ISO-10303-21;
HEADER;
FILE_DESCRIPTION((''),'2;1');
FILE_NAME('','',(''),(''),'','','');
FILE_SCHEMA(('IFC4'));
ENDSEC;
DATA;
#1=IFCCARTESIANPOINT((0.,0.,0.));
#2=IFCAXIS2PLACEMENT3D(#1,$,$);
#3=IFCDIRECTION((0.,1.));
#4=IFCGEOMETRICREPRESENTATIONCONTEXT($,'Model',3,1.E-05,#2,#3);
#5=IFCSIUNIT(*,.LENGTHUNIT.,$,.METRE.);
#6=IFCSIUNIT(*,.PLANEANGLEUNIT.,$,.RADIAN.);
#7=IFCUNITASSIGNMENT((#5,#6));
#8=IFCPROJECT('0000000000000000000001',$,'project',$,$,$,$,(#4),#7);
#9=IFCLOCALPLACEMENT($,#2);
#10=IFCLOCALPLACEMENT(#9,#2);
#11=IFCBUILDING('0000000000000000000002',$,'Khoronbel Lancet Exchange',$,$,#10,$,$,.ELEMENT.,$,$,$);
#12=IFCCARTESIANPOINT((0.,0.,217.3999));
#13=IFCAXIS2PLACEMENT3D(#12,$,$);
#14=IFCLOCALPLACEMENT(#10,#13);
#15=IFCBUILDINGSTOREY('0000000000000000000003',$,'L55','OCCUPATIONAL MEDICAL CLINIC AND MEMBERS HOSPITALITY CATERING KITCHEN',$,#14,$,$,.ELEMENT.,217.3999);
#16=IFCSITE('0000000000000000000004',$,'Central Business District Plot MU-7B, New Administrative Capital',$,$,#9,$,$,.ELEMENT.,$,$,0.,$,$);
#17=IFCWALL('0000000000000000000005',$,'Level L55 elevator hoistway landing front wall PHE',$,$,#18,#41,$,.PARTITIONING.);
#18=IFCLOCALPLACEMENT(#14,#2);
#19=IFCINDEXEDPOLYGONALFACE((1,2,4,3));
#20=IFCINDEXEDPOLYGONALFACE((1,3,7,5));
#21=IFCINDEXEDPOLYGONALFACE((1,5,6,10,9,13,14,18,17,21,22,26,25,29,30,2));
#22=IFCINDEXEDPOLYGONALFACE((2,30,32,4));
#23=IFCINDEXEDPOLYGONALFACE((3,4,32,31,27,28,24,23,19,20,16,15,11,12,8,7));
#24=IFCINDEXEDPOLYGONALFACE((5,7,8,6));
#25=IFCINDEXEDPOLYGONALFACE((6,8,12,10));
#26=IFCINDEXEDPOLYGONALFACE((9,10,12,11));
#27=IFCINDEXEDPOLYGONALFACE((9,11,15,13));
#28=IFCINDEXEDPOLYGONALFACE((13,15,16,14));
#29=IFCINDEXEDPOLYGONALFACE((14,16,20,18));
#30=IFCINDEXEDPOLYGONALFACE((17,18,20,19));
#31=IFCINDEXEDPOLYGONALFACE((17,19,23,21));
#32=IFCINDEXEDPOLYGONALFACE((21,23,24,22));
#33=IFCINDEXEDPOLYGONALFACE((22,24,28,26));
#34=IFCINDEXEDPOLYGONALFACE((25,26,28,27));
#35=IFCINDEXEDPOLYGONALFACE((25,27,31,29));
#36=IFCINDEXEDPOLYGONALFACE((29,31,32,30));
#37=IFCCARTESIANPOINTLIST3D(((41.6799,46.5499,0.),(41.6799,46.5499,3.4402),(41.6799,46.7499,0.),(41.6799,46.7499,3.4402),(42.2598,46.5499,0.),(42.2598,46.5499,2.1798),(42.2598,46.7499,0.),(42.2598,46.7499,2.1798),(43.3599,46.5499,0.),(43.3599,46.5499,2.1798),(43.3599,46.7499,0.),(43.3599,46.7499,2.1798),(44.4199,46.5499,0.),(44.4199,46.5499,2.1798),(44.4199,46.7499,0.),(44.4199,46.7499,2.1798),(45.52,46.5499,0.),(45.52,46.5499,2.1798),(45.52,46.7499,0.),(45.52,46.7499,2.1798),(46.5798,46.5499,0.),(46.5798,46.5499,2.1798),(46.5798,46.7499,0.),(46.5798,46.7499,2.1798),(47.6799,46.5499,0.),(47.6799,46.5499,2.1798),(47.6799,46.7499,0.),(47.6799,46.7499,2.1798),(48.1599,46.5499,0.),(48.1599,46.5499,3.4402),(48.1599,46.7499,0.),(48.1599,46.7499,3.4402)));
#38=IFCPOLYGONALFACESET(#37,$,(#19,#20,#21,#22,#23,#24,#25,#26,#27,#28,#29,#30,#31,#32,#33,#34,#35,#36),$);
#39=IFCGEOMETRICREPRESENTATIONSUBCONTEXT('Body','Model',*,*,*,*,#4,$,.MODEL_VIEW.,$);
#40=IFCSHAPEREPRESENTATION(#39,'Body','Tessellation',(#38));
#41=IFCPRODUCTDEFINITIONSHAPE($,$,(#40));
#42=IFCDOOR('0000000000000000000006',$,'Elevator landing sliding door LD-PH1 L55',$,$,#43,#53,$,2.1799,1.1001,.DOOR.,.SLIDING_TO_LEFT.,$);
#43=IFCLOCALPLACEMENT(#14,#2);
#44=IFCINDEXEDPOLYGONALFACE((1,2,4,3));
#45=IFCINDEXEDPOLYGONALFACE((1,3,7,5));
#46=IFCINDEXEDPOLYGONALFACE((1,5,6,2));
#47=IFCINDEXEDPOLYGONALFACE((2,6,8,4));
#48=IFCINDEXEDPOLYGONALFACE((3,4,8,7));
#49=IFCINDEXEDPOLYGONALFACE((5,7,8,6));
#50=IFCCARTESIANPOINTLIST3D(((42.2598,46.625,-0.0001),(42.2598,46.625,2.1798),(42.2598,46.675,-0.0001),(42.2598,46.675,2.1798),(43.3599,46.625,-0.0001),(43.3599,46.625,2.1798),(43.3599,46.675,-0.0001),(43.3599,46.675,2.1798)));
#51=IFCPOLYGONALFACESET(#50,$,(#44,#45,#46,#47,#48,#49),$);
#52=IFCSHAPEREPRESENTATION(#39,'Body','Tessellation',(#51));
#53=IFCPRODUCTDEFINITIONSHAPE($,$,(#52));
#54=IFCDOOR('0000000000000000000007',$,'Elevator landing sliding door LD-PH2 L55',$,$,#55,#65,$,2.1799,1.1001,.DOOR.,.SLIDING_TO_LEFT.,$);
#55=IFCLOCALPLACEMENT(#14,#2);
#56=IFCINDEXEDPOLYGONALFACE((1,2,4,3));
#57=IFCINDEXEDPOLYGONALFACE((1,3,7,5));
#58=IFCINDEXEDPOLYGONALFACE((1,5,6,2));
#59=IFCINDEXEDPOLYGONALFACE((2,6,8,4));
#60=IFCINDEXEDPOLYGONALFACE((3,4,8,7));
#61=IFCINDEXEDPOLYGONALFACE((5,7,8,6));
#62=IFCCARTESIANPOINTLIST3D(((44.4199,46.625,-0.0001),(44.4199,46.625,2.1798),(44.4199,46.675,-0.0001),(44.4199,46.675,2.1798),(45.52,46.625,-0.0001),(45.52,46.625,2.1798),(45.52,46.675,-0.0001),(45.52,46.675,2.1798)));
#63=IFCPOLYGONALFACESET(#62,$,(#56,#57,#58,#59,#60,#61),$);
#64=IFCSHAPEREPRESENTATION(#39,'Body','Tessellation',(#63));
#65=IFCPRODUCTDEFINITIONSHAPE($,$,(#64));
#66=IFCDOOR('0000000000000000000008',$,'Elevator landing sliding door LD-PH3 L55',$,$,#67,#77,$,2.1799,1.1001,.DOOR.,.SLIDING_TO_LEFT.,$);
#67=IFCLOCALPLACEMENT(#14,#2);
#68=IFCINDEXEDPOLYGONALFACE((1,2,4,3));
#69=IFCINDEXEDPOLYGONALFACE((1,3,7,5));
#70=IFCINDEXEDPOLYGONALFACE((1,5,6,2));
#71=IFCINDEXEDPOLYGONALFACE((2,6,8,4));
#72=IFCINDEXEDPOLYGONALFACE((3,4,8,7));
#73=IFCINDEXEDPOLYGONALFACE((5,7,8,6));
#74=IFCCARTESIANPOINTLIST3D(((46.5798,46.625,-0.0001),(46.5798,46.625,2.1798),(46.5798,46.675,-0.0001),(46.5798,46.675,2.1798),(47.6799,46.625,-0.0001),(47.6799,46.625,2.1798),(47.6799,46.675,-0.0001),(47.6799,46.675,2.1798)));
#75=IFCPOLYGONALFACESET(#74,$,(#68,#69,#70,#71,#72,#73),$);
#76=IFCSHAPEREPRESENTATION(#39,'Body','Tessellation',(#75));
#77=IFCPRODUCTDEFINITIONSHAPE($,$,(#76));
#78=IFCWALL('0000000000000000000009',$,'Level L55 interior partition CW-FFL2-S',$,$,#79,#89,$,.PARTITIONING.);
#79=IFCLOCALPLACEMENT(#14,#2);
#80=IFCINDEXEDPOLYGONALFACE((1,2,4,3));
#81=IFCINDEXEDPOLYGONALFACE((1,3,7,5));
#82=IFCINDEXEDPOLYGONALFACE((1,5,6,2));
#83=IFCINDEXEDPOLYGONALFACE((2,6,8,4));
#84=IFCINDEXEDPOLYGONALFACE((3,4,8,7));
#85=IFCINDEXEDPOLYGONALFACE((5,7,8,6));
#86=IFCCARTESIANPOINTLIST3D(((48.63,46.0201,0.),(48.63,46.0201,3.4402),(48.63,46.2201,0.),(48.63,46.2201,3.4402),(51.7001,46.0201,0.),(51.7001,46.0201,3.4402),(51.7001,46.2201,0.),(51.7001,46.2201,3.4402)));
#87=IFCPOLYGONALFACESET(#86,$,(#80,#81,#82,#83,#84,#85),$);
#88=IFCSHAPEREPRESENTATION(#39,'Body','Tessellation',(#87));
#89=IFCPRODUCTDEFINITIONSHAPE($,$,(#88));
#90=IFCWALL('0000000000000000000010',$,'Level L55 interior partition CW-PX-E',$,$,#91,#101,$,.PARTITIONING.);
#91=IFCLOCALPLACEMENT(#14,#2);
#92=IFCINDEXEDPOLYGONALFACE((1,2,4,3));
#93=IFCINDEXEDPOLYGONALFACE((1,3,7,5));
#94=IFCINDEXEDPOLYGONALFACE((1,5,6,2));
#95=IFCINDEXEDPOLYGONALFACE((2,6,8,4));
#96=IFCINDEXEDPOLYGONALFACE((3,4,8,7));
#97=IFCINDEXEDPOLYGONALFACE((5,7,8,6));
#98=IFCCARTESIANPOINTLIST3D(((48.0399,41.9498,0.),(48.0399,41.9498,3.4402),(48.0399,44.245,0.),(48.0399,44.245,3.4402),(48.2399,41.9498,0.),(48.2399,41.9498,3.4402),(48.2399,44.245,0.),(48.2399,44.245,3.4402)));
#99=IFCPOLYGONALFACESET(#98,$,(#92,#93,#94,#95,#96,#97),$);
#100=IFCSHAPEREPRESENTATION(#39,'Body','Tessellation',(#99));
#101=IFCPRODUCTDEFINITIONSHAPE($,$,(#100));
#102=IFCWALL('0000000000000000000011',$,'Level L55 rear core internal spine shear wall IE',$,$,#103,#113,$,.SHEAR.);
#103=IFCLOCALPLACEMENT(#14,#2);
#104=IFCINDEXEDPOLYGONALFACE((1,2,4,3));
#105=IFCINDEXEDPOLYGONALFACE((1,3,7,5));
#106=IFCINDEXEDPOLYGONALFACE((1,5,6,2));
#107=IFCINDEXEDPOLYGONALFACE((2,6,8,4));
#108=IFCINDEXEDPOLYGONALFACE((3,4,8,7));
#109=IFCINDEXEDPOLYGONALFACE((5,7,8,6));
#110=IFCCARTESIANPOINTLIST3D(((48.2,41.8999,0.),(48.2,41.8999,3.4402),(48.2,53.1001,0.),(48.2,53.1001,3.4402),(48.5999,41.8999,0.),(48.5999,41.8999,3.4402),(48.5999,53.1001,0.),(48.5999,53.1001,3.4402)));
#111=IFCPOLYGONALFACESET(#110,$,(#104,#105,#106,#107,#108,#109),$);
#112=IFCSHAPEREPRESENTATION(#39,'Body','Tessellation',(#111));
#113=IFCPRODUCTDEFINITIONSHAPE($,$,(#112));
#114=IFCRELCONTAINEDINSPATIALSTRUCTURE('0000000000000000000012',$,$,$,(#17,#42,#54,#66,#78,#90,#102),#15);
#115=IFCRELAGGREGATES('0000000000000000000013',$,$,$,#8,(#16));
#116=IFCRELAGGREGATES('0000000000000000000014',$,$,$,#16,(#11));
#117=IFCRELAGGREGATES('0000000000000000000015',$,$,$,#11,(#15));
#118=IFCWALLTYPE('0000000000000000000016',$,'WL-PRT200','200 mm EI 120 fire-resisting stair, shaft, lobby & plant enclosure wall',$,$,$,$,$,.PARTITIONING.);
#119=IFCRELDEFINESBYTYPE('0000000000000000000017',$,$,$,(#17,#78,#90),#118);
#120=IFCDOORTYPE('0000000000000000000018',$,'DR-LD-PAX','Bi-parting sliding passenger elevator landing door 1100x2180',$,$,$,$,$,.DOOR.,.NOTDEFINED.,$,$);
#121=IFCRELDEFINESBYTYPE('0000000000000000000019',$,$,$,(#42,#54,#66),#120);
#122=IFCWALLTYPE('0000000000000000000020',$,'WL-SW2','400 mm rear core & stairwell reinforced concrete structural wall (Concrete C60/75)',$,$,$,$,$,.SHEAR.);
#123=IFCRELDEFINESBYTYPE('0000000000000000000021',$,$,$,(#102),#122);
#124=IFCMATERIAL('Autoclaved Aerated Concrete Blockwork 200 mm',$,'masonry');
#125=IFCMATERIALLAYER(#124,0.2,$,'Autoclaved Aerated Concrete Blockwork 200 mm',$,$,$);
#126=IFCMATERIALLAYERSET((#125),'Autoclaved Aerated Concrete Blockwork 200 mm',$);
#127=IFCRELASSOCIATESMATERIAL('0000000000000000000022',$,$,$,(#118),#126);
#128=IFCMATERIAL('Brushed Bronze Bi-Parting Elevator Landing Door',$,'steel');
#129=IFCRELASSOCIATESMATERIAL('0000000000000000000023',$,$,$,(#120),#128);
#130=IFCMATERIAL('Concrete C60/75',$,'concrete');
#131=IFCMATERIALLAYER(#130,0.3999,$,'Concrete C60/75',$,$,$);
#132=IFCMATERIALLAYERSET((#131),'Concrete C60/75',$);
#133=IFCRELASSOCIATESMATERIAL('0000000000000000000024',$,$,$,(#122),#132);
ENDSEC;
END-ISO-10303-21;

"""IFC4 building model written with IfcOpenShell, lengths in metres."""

from ifc_helpers import new_model, si_unit, direction, frame, frame_2d, origin, place, context, subcontext, project, spatial, rectangle, extrude, material, layer, layer_set, type_object, element, fill, save


model = new_model("IFC4")

# Units and contexts
model_context = context("Model", 3, precision=1e-05, world=origin(), true_north=direction((0.0, 1.0)))
body_context = subcontext(model_context, "Body", "Model", "MODEL_VIEW")
ifc_project = project(units=[si_unit("LENGTHUNIT", "METRE"), si_unit("PLANEANGLEUNIT", "RADIAN")], contexts=[model_context])

# Site, building, storey
site_placement = place(None, origin())
site = spatial("IfcSite", under=ifc_project, at=site_placement, Name="Central Business District Plot MU-7B, New Administrative Capital", CompositionType="ELEMENT", RefElevation=0.0)
building_placement = place(site_placement, origin())
building = spatial("IfcBuilding", under=site, at=building_placement, Name="Khoronbel Lancet Exchange", CompositionType="ELEMENT")
storey_placement = place(building_placement, frame((0.0, 0.0, 217.3999)))
storey = spatial("IfcBuildingStorey", under=building, at=storey_placement, Name="L55", Description="OCCUPATIONAL MEDICAL CLINIC AND MEMBERS HOSPITALITY CATERING KITCHEN", CompositionType="ELEMENT", Elevation=217.3999)

# Shared definitions
ifc_material_1 = material(Name="Autoclaved Aerated Concrete Blockwork 200 mm", Category="masonry")
ifc_layer_1 = layer(ifc_material_1, 0.2, Name="Autoclaved Aerated Concrete Blockwork 200 mm")
ifc_layer_set_1 = layer_set([ifc_layer_1], Name="Autoclaved Aerated Concrete Blockwork 200 mm")
wall_type_1 = type_object("IfcWallType", Name="WL-PRT200", Description="200 mm EI 120 fire-resisting stair, shaft, lobby & plant enclosure wall", PredefinedType="PARTITIONING", material=ifc_layer_set_1)

# Wall, openings, doors
wall_1_placement = place(storey_placement, frame((48.1599, 46.6499, 0.0), z_axis=(0.0, 0.0, 1.0), x_axis=(-1.0, 0.0, 0.0)))
wall_1 = element("IfcWall", 1, at=wall_1_placement, inside=storey, type_object=wall_type_1, Name="Level L55 elevator hoistway landing front wall PHE", PredefinedType="PARTITIONING", context=body_context, shape_type="SweptSolid", body=[
    extrude(rectangle(XDim=6.48, YDim=0.2, at=frame_2d((3.24, 0.0))), origin(), (0.0, 0.0, 1.0), 3.4402),
])
opening_1_placement = place(wall_1_placement, frame((4.8, 0.0, 0.0)))
opening_1 = element("IfcOpeningElement", 2, at=opening_1_placement, cuts=wall_1, PredefinedType="OPENING", context=body_context, shape_type="SweptSolid", body=[
    extrude(rectangle(XDim=1.1001, YDim=2.1799, at=frame_2d((0.55, 1.0898))), frame((0.0, 0.1099, 0.0), z_axis=(0.0, -1.0, 0.0), x_axis=(1.0, 0.0, 0.0)), (0.0, 0.0, 1.0), 0.22),
])
opening_2_placement = place(wall_1_placement, frame((2.6399, 0.0, 0.0)))
opening_2 = element("IfcOpeningElement", 3, at=opening_2_placement, cuts=wall_1, PredefinedType="OPENING", context=body_context, shape_type="SweptSolid", body=[
    extrude(rectangle(XDim=1.1001, YDim=2.1799, at=frame_2d((0.55, 1.0898))), frame((0.0, 0.1099, 0.0), z_axis=(0.0, -1.0, 0.0), x_axis=(1.0, 0.0, 0.0)), (0.0, 0.0, 1.0), 0.22),
])
opening_3_placement = place(wall_1_placement, frame((0.48, 0.0, 0.0)))
opening_3 = element("IfcOpeningElement", 4, at=opening_3_placement, cuts=wall_1, PredefinedType="OPENING", context=body_context, shape_type="SweptSolid", body=[
    extrude(rectangle(XDim=1.1001, YDim=2.1799, at=frame_2d((0.55, 1.0898))), frame((0.0, 0.1099, 0.0), z_axis=(0.0, -1.0, 0.0), x_axis=(1.0, 0.0, 0.0)), (0.0, 0.0, 1.0), 0.22),
])
ifc_material_2 = material(Name="Brushed Bronze Bi-Parting Elevator Landing Door", Category="steel")
door_type_1 = type_object("IfcDoorType", Name="DR-LD-PAX", Description="Bi-parting sliding passenger elevator landing door 1100x2180", OperationType="NOTDEFINED", PredefinedType="DOOR", material=ifc_material_2)
door_1_placement = place(opening_1_placement, origin())
door_1 = element("IfcDoor", 5, at=door_1_placement, inside=storey, type_object=door_type_1, Name="Elevator landing sliding door LD-PH1 L55", OperationType="SLIDING_TO_LEFT", OverallHeight=2.1799, OverallWidth=1.1001, PredefinedType="DOOR", context=body_context, shape_type="SweptSolid", body=[
    extrude(rectangle(XDim=1.1001, YDim=2.1799, at=frame_2d((0.55, 1.0898))), frame((0.0, 0.0249, 0.0), z_axis=(0.0, -1.0, 0.0), x_axis=(1.0, 0.0, 0.0)), (0.0, 0.0, 1.0), 0.05),
])
fill(opening_1, door_1)
door_2_placement = place(opening_2_placement, origin())
door_2 = element("IfcDoor", 6, at=door_2_placement, inside=storey, type_object=door_type_1, Name="Elevator landing sliding door LD-PH2 L55", OperationType="SLIDING_TO_LEFT", OverallHeight=2.1799, OverallWidth=1.1001, PredefinedType="DOOR", context=body_context, shape_type="SweptSolid", body=[
    extrude(rectangle(XDim=1.1001, YDim=2.1799, at=frame_2d((0.55, 1.0898))), frame((0.0, 0.0249, 0.0), z_axis=(0.0, -1.0, 0.0), x_axis=(1.0, 0.0, 0.0)), (0.0, 0.0, 1.0), 0.05),
])
fill(opening_2, door_2)
door_3_placement = place(opening_3_placement, origin())
door_3 = element("IfcDoor", 7, at=door_3_placement, inside=storey, type_object=door_type_1, Name="Elevator landing sliding door LD-PH3 L55", OperationType="SLIDING_TO_LEFT", OverallHeight=2.1799, OverallWidth=1.1001, PredefinedType="DOOR", context=body_context, shape_type="SweptSolid", body=[
    extrude(rectangle(XDim=1.1001, YDim=2.1799, at=frame_2d((0.55, 1.0898))), frame((0.0, 0.0249, 0.0), z_axis=(0.0, -1.0, 0.0), x_axis=(1.0, 0.0, 0.0)), (0.0, 0.0, 1.0), 0.05),
])
fill(opening_3, door_3)

# Wall
wall_2_placement = place(storey_placement, frame((48.6299, 46.1201, 0.0), z_axis=(0.0, 0.0, 1.0), x_axis=(1.0, 0.0, 0.0)))
element("IfcWall", 8, at=wall_2_placement, inside=storey, type_object=wall_type_1, Name="Level L55 interior partition CW-FFL2-S", PredefinedType="PARTITIONING", context=body_context, shape_type="SweptSolid", body=[
    extrude(rectangle(XDim=3.0701, YDim=0.2, at=frame_2d((1.5352, 0.0))), origin(), (0.0, 0.0, 1.0), 3.4402),
])

# Walls
wall_3_placement = place(storey_placement, frame((48.1399, 41.95, 0.0), z_axis=(0.0, 0.0, 1.0), x_axis=(0.0, 1.0, 0.0)))
element("IfcWall", 9, at=wall_3_placement, inside=storey, type_object=wall_type_1, Name="Level L55 interior partition CW-PX-E", PredefinedType="PARTITIONING", context=body_context, shape_type="SweptSolid", body=[
    extrude(rectangle(XDim=2.2952, YDim=0.2, at=frame_2d((1.1475, 0.0))), origin(), (0.0, 0.0, 1.0), 3.4402),
])
ifc_material_3 = material(Name="Concrete C60/75", Category="concrete")
ifc_layer_2 = layer(ifc_material_3, 0.3999, Name="Concrete C60/75")
ifc_layer_set_2 = layer_set([ifc_layer_2], Name="Concrete C60/75")
wall_type_2 = type_object("IfcWallType", Name="WL-SW2", Description="400 mm rear core & stairwell reinforced concrete structural wall (Concrete C60/75)", PredefinedType="SHEAR", material=ifc_layer_set_2)
wall_4_placement = place(storey_placement, frame((48.3999, 41.8999, 0.0), z_axis=(0.0, 0.0, 1.0), x_axis=(0.0, 1.0, 0.0)))
element("IfcWall", 10, at=wall_4_placement, inside=storey, type_object=wall_type_2, Name="Level L55 rear core internal spine shear wall IE", PredefinedType="SHEAR", context=body_context, shape_type="SweptSolid", body=[
    extrude(rectangle(XDim=11.2002, YDim=0.3999, at=frame_2d((5.6001, 0.0))), origin(), (0.0, 0.0, 1.0), 3.4402),
])

save(model, "model.ifc")
